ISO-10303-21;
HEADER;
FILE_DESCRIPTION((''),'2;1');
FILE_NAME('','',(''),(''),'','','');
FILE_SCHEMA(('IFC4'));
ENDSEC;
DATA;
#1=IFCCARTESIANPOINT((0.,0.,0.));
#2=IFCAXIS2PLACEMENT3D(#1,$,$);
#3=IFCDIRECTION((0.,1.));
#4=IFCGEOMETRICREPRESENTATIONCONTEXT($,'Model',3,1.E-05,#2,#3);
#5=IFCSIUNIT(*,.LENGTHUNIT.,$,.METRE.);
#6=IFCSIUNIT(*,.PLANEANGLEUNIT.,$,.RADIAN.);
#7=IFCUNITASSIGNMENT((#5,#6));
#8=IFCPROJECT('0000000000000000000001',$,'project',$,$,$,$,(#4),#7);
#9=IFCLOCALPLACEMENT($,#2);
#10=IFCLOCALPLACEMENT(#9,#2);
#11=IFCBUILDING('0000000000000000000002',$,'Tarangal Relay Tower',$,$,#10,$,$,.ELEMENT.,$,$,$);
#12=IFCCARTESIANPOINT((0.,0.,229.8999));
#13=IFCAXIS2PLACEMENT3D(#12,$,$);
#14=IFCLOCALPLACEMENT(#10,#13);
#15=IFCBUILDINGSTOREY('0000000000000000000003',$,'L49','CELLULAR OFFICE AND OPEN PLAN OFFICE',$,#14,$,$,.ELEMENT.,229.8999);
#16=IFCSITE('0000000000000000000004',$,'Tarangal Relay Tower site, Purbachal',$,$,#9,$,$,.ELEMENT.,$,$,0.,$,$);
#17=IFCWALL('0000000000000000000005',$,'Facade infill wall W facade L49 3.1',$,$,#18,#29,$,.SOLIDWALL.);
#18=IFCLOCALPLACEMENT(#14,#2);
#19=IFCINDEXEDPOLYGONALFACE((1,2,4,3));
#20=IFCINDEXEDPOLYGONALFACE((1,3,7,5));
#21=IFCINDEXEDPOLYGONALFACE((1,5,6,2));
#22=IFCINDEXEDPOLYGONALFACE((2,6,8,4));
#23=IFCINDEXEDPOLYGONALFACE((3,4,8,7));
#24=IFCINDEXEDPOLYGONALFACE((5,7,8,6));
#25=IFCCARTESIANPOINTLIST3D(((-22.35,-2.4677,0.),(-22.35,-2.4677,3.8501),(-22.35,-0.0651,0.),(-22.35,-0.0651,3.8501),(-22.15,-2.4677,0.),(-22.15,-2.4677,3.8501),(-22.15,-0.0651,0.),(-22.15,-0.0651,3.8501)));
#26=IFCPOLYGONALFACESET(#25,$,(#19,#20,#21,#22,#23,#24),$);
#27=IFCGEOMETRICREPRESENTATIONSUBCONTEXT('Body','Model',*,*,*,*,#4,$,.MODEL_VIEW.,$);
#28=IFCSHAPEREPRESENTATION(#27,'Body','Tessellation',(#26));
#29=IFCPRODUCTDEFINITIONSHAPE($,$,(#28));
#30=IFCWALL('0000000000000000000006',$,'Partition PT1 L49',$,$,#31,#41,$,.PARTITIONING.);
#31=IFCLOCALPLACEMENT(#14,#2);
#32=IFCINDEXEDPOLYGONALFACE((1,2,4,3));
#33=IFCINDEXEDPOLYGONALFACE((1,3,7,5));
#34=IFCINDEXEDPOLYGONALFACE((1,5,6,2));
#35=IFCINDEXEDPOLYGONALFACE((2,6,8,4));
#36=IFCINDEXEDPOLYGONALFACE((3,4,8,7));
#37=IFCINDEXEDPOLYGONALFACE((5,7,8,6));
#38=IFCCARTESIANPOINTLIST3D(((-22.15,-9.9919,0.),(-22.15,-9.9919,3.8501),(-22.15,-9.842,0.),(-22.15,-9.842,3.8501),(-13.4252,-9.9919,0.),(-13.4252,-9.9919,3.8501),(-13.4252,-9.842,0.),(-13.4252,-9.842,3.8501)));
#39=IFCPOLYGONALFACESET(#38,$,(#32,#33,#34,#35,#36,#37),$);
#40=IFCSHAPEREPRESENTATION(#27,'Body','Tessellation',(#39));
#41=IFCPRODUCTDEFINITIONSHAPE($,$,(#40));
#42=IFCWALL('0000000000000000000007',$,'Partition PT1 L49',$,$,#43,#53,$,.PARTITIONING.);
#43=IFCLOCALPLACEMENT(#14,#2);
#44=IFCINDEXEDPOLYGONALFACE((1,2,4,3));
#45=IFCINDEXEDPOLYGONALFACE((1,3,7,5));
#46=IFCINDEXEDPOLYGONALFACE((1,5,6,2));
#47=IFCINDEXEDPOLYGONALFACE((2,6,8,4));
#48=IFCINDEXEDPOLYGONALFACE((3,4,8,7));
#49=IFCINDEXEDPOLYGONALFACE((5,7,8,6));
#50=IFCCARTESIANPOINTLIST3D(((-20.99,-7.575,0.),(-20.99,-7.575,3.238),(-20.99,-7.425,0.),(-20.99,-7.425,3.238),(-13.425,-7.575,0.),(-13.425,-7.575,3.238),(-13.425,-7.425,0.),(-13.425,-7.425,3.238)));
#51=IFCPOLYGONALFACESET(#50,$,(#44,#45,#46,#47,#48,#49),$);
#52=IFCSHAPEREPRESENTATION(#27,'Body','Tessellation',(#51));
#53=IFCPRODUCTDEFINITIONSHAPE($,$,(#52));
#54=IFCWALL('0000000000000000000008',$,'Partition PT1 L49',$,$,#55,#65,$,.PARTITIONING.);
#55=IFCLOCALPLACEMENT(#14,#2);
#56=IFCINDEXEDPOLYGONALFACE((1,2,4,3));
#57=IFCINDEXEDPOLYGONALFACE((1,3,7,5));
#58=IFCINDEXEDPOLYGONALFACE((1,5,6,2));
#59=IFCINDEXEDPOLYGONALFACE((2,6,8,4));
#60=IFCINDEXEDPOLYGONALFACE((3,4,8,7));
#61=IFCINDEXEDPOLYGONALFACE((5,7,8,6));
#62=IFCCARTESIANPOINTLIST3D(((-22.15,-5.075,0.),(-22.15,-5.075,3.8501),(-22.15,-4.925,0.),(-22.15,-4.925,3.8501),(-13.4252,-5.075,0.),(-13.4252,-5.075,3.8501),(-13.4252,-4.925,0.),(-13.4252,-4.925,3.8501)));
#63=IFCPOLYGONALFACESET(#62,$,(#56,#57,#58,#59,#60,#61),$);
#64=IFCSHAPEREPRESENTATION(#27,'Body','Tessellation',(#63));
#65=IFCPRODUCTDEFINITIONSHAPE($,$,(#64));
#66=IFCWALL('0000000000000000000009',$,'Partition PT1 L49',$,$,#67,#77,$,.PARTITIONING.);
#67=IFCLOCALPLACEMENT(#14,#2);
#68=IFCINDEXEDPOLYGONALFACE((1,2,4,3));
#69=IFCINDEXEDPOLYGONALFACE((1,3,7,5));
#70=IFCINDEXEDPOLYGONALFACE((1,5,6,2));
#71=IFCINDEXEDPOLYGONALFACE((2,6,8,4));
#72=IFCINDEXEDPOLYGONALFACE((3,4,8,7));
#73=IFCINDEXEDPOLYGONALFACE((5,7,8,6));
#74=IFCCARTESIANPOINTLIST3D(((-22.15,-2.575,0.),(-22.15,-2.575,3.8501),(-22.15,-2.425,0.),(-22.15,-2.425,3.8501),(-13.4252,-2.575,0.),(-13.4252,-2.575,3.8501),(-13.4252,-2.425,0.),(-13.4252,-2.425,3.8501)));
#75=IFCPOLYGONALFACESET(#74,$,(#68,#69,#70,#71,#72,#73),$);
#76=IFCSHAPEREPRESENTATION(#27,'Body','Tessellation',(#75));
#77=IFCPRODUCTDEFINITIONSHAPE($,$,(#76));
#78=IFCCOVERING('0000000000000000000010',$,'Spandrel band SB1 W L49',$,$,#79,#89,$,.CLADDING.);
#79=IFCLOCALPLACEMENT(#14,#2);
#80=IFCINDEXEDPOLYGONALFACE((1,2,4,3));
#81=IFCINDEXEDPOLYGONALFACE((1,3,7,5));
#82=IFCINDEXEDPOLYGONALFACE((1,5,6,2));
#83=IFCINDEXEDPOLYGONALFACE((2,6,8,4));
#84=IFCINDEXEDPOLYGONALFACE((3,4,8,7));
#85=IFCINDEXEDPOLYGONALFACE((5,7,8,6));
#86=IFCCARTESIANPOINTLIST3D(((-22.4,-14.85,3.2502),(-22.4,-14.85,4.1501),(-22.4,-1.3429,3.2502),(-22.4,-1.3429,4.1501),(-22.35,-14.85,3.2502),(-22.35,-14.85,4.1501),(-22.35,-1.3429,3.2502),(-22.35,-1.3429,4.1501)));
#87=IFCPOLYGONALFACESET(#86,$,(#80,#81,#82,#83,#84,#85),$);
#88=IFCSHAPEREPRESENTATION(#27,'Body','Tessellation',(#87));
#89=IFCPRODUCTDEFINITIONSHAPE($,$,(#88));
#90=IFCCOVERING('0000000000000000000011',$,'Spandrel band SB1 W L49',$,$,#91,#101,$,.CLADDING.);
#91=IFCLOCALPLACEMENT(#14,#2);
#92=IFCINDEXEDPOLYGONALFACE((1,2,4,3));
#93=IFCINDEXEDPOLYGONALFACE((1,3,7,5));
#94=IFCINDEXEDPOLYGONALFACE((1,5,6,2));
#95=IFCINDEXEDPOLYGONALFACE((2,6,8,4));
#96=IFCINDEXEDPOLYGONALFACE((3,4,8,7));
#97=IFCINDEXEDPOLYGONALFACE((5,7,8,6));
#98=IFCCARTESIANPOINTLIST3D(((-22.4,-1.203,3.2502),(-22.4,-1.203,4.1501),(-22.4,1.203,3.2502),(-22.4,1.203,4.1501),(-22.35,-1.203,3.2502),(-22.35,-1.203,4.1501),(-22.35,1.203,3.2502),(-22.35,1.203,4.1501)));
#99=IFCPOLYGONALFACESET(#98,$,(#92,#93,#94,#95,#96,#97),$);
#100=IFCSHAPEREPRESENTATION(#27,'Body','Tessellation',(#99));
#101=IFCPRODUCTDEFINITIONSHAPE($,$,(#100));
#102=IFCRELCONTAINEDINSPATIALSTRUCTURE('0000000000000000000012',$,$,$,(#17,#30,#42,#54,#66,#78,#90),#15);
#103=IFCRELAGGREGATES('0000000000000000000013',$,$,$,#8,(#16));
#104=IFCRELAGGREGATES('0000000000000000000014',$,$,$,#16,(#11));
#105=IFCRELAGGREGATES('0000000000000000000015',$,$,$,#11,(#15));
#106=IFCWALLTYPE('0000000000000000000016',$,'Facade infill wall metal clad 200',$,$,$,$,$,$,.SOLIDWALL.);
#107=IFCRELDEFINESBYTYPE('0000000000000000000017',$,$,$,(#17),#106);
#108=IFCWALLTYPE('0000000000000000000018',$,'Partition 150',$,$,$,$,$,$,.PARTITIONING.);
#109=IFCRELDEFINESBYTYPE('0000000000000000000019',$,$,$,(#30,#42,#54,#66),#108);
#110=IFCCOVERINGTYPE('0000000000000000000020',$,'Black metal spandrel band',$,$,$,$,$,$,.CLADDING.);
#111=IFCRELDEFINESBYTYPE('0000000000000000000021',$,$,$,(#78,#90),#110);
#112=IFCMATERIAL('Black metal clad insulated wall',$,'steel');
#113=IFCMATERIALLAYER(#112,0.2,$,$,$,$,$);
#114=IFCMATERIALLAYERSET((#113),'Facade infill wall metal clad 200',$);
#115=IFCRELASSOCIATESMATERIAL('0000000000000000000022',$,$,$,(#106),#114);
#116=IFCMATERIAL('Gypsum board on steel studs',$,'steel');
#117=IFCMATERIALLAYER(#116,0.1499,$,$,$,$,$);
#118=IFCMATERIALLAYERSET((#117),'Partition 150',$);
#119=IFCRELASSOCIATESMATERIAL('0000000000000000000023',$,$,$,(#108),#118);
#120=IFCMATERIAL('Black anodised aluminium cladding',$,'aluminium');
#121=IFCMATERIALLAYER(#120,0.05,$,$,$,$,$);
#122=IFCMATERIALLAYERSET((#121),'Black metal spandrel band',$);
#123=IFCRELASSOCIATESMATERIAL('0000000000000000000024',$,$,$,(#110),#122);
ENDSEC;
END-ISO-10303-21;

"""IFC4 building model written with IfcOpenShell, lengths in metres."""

from ifc_helpers import new_model, si_unit, direction, frame, frame_2d, origin, origin_2d, place, context, subcontext, project, spatial, rectangle, extrude, material, layer, layer_set, type_object, element, save


model = new_model("IFC4")

# Units and contexts
model_context = context("Model", 3, precision=1e-05, world=origin(), true_north=direction((0.0, 1.0)))
body_context = subcontext(model_context, "Body", "Model", "MODEL_VIEW")
ifc_project = project(units=[si_unit("LENGTHUNIT", "METRE"), si_unit("PLANEANGLEUNIT", "RADIAN")], contexts=[model_context])

# Site, building, storey
site_placement = place(None, origin())
site = spatial("IfcSite", under=ifc_project, at=site_placement, Name="Tarangal Relay Tower site, Purbachal", CompositionType="ELEMENT", RefElevation=0.0)
building_placement = place(site_placement, origin())
building = spatial("IfcBuilding", under=site, at=building_placement, Name="Tarangal Relay Tower", CompositionType="ELEMENT")
storey_placement = place(building_placement, frame((0.0, 0.0, 229.8999)))
storey = spatial("IfcBuildingStorey", under=building, at=storey_placement, Name="L49", Description="CELLULAR OFFICE AND OPEN PLAN OFFICE", CompositionType="ELEMENT", Elevation=229.8999)

# Walls
ifc_material_1 = material(Name="Black metal clad insulated wall", Category="steel")
ifc_layer_1 = layer(ifc_material_1, 0.2)
ifc_layer_set_1 = layer_set([ifc_layer_1], Name="Facade infill wall metal clad 200")
wall_type_1 = type_object("IfcWallType", Name="Facade infill wall metal clad 200", PredefinedType="SOLIDWALL", material=ifc_layer_set_1)
wall_1_placement = place(storey_placement, frame((-22.25, -2.4675, 0.0), z_axis=(0.0, 0.0, 1.0), x_axis=(0.0, 1.0, 0.0)))
element("IfcWall", 1, at=wall_1_placement, inside=storey, type_object=wall_type_1, Name="Facade infill wall W facade L49 3.1", PredefinedType="SOLIDWALL", context=body_context, shape_type="SweptSolid", body=[
    extrude(rectangle(XDim=2.4026, YDim=0.2, at=frame_2d((1.2012, 0.0))), origin(), (0.0, 0.0, 1.0), 3.8501),
])
ifc_material_2 = material(Name="Gypsum board on steel studs", Category="steel")
ifc_layer_2 = layer(ifc_material_2, 0.1499)
ifc_layer_set_2 = layer_set([ifc_layer_2], Name="Partition 150")
wall_type_2 = type_object("IfcWallType", Name="Partition 150", PredefinedType="PARTITIONING", material=ifc_layer_set_2)
wall_2_placement = place(storey_placement, frame((-22.1499, -9.917, 0.0), z_axis=(0.0, 0.0, 1.0), x_axis=(1.0, 0.0, 0.0)))
element("IfcWall", 2, at=wall_2_placement, inside=storey, type_object=wall_type_2, Name="Partition PT1 L49", PredefinedType="PARTITIONING", context=body_context, shape_type="SweptSolid", body=[
    extrude(rectangle(XDim=8.7249, YDim=0.1499, at=frame_2d((4.3623, 0.0))), origin(), (0.0, 0.0, 1.0), 3.8501),
])
wall_3_placement = place(storey_placement, frame((-20.99, -7.5, 0.0), z_axis=(0.0, 0.0, 1.0), x_axis=(1.0, 0.0, 0.0)))
element("IfcWall", 3, at=wall_3_placement, inside=storey, type_object=wall_type_2, Name="Partition PT1 L49", PredefinedType="PARTITIONING", context=body_context, shape_type="SweptSolid", body=[
    extrude(rectangle(XDim=7.5649, YDim=0.1499, at=frame_2d((3.7825, 0.0))), origin(), (0.0, 0.0, 1.0), 3.238),
])
for number, where, z_axis, x_axis, name in (
    (4, (-22.1499, -5.0, 0.0), (0.0, 0.0, 1.0), (1.0, 0.0, 0.0), "Partition PT1 L49"),
    (5, (-22.1499, -2.5, 0.0), (0.0, 0.0, 1.0), (1.0, 0.0, 0.0), "Partition PT1 L49"),
):
    element("IfcWall", number, at=place(storey_placement, frame(where, z_axis=z_axis, x_axis=x_axis)), inside=storey, type_object=wall_type_2, Name=name, PredefinedType="PARTITIONING", context=body_context, shape_type="SweptSolid", body=[
        extrude(rectangle(XDim=8.7249, YDim=0.1499, at=frame_2d((4.3623, 0.0))), origin(), (0.0, 0.0, 1.0), 3.8501),
    ])

# Coverings
ifc_material_3 = material(Name="Black anodised aluminium cladding", Category="aluminium")
ifc_layer_3 = layer(ifc_material_3, 0.05)
ifc_layer_set_3 = layer_set([ifc_layer_3], Name="Black metal spandrel band")
covering_type = type_object("IfcCoveringType", Name="Black metal spandrel band", PredefinedType="CLADDING", material=ifc_layer_set_3)
covering_1_placement = place(storey_placement, frame((-22.375, -8.0964, 3.2502), z_axis=(0.0, 0.0, 1.0), x_axis=(0.0, 1.0, 0.0)))
element("IfcCovering", 6, at=covering_1_placement, inside=storey, type_object=covering_type, Name="Spandrel band SB1 W L49", PredefinedType="CLADDING", context=body_context, shape_type="SweptSolid", body=[
    extrude(rectangle(XDim=13.5071, YDim=0.05, at=origin_2d()), origin(), (0.0, 0.0, 1.0), 0.8999),
])
covering_2_placement = place(storey_placement, frame((-22.375, 0.0, 3.2502), z_axis=(0.0, 0.0, 1.0), x_axis=(0.0, 1.0, 0.0)))
element("IfcCovering", 7, at=covering_2_placement, inside=storey, type_object=covering_type, Name="Spandrel band SB1 W L49", PredefinedType="CLADDING", context=body_context, shape_type="SweptSolid", body=[
    extrude(rectangle(XDim=2.406, YDim=0.05, at=origin_2d()), origin(), (0.0, 0.0, 1.0), 0.8999),
])

save(model, "model.ifc")
